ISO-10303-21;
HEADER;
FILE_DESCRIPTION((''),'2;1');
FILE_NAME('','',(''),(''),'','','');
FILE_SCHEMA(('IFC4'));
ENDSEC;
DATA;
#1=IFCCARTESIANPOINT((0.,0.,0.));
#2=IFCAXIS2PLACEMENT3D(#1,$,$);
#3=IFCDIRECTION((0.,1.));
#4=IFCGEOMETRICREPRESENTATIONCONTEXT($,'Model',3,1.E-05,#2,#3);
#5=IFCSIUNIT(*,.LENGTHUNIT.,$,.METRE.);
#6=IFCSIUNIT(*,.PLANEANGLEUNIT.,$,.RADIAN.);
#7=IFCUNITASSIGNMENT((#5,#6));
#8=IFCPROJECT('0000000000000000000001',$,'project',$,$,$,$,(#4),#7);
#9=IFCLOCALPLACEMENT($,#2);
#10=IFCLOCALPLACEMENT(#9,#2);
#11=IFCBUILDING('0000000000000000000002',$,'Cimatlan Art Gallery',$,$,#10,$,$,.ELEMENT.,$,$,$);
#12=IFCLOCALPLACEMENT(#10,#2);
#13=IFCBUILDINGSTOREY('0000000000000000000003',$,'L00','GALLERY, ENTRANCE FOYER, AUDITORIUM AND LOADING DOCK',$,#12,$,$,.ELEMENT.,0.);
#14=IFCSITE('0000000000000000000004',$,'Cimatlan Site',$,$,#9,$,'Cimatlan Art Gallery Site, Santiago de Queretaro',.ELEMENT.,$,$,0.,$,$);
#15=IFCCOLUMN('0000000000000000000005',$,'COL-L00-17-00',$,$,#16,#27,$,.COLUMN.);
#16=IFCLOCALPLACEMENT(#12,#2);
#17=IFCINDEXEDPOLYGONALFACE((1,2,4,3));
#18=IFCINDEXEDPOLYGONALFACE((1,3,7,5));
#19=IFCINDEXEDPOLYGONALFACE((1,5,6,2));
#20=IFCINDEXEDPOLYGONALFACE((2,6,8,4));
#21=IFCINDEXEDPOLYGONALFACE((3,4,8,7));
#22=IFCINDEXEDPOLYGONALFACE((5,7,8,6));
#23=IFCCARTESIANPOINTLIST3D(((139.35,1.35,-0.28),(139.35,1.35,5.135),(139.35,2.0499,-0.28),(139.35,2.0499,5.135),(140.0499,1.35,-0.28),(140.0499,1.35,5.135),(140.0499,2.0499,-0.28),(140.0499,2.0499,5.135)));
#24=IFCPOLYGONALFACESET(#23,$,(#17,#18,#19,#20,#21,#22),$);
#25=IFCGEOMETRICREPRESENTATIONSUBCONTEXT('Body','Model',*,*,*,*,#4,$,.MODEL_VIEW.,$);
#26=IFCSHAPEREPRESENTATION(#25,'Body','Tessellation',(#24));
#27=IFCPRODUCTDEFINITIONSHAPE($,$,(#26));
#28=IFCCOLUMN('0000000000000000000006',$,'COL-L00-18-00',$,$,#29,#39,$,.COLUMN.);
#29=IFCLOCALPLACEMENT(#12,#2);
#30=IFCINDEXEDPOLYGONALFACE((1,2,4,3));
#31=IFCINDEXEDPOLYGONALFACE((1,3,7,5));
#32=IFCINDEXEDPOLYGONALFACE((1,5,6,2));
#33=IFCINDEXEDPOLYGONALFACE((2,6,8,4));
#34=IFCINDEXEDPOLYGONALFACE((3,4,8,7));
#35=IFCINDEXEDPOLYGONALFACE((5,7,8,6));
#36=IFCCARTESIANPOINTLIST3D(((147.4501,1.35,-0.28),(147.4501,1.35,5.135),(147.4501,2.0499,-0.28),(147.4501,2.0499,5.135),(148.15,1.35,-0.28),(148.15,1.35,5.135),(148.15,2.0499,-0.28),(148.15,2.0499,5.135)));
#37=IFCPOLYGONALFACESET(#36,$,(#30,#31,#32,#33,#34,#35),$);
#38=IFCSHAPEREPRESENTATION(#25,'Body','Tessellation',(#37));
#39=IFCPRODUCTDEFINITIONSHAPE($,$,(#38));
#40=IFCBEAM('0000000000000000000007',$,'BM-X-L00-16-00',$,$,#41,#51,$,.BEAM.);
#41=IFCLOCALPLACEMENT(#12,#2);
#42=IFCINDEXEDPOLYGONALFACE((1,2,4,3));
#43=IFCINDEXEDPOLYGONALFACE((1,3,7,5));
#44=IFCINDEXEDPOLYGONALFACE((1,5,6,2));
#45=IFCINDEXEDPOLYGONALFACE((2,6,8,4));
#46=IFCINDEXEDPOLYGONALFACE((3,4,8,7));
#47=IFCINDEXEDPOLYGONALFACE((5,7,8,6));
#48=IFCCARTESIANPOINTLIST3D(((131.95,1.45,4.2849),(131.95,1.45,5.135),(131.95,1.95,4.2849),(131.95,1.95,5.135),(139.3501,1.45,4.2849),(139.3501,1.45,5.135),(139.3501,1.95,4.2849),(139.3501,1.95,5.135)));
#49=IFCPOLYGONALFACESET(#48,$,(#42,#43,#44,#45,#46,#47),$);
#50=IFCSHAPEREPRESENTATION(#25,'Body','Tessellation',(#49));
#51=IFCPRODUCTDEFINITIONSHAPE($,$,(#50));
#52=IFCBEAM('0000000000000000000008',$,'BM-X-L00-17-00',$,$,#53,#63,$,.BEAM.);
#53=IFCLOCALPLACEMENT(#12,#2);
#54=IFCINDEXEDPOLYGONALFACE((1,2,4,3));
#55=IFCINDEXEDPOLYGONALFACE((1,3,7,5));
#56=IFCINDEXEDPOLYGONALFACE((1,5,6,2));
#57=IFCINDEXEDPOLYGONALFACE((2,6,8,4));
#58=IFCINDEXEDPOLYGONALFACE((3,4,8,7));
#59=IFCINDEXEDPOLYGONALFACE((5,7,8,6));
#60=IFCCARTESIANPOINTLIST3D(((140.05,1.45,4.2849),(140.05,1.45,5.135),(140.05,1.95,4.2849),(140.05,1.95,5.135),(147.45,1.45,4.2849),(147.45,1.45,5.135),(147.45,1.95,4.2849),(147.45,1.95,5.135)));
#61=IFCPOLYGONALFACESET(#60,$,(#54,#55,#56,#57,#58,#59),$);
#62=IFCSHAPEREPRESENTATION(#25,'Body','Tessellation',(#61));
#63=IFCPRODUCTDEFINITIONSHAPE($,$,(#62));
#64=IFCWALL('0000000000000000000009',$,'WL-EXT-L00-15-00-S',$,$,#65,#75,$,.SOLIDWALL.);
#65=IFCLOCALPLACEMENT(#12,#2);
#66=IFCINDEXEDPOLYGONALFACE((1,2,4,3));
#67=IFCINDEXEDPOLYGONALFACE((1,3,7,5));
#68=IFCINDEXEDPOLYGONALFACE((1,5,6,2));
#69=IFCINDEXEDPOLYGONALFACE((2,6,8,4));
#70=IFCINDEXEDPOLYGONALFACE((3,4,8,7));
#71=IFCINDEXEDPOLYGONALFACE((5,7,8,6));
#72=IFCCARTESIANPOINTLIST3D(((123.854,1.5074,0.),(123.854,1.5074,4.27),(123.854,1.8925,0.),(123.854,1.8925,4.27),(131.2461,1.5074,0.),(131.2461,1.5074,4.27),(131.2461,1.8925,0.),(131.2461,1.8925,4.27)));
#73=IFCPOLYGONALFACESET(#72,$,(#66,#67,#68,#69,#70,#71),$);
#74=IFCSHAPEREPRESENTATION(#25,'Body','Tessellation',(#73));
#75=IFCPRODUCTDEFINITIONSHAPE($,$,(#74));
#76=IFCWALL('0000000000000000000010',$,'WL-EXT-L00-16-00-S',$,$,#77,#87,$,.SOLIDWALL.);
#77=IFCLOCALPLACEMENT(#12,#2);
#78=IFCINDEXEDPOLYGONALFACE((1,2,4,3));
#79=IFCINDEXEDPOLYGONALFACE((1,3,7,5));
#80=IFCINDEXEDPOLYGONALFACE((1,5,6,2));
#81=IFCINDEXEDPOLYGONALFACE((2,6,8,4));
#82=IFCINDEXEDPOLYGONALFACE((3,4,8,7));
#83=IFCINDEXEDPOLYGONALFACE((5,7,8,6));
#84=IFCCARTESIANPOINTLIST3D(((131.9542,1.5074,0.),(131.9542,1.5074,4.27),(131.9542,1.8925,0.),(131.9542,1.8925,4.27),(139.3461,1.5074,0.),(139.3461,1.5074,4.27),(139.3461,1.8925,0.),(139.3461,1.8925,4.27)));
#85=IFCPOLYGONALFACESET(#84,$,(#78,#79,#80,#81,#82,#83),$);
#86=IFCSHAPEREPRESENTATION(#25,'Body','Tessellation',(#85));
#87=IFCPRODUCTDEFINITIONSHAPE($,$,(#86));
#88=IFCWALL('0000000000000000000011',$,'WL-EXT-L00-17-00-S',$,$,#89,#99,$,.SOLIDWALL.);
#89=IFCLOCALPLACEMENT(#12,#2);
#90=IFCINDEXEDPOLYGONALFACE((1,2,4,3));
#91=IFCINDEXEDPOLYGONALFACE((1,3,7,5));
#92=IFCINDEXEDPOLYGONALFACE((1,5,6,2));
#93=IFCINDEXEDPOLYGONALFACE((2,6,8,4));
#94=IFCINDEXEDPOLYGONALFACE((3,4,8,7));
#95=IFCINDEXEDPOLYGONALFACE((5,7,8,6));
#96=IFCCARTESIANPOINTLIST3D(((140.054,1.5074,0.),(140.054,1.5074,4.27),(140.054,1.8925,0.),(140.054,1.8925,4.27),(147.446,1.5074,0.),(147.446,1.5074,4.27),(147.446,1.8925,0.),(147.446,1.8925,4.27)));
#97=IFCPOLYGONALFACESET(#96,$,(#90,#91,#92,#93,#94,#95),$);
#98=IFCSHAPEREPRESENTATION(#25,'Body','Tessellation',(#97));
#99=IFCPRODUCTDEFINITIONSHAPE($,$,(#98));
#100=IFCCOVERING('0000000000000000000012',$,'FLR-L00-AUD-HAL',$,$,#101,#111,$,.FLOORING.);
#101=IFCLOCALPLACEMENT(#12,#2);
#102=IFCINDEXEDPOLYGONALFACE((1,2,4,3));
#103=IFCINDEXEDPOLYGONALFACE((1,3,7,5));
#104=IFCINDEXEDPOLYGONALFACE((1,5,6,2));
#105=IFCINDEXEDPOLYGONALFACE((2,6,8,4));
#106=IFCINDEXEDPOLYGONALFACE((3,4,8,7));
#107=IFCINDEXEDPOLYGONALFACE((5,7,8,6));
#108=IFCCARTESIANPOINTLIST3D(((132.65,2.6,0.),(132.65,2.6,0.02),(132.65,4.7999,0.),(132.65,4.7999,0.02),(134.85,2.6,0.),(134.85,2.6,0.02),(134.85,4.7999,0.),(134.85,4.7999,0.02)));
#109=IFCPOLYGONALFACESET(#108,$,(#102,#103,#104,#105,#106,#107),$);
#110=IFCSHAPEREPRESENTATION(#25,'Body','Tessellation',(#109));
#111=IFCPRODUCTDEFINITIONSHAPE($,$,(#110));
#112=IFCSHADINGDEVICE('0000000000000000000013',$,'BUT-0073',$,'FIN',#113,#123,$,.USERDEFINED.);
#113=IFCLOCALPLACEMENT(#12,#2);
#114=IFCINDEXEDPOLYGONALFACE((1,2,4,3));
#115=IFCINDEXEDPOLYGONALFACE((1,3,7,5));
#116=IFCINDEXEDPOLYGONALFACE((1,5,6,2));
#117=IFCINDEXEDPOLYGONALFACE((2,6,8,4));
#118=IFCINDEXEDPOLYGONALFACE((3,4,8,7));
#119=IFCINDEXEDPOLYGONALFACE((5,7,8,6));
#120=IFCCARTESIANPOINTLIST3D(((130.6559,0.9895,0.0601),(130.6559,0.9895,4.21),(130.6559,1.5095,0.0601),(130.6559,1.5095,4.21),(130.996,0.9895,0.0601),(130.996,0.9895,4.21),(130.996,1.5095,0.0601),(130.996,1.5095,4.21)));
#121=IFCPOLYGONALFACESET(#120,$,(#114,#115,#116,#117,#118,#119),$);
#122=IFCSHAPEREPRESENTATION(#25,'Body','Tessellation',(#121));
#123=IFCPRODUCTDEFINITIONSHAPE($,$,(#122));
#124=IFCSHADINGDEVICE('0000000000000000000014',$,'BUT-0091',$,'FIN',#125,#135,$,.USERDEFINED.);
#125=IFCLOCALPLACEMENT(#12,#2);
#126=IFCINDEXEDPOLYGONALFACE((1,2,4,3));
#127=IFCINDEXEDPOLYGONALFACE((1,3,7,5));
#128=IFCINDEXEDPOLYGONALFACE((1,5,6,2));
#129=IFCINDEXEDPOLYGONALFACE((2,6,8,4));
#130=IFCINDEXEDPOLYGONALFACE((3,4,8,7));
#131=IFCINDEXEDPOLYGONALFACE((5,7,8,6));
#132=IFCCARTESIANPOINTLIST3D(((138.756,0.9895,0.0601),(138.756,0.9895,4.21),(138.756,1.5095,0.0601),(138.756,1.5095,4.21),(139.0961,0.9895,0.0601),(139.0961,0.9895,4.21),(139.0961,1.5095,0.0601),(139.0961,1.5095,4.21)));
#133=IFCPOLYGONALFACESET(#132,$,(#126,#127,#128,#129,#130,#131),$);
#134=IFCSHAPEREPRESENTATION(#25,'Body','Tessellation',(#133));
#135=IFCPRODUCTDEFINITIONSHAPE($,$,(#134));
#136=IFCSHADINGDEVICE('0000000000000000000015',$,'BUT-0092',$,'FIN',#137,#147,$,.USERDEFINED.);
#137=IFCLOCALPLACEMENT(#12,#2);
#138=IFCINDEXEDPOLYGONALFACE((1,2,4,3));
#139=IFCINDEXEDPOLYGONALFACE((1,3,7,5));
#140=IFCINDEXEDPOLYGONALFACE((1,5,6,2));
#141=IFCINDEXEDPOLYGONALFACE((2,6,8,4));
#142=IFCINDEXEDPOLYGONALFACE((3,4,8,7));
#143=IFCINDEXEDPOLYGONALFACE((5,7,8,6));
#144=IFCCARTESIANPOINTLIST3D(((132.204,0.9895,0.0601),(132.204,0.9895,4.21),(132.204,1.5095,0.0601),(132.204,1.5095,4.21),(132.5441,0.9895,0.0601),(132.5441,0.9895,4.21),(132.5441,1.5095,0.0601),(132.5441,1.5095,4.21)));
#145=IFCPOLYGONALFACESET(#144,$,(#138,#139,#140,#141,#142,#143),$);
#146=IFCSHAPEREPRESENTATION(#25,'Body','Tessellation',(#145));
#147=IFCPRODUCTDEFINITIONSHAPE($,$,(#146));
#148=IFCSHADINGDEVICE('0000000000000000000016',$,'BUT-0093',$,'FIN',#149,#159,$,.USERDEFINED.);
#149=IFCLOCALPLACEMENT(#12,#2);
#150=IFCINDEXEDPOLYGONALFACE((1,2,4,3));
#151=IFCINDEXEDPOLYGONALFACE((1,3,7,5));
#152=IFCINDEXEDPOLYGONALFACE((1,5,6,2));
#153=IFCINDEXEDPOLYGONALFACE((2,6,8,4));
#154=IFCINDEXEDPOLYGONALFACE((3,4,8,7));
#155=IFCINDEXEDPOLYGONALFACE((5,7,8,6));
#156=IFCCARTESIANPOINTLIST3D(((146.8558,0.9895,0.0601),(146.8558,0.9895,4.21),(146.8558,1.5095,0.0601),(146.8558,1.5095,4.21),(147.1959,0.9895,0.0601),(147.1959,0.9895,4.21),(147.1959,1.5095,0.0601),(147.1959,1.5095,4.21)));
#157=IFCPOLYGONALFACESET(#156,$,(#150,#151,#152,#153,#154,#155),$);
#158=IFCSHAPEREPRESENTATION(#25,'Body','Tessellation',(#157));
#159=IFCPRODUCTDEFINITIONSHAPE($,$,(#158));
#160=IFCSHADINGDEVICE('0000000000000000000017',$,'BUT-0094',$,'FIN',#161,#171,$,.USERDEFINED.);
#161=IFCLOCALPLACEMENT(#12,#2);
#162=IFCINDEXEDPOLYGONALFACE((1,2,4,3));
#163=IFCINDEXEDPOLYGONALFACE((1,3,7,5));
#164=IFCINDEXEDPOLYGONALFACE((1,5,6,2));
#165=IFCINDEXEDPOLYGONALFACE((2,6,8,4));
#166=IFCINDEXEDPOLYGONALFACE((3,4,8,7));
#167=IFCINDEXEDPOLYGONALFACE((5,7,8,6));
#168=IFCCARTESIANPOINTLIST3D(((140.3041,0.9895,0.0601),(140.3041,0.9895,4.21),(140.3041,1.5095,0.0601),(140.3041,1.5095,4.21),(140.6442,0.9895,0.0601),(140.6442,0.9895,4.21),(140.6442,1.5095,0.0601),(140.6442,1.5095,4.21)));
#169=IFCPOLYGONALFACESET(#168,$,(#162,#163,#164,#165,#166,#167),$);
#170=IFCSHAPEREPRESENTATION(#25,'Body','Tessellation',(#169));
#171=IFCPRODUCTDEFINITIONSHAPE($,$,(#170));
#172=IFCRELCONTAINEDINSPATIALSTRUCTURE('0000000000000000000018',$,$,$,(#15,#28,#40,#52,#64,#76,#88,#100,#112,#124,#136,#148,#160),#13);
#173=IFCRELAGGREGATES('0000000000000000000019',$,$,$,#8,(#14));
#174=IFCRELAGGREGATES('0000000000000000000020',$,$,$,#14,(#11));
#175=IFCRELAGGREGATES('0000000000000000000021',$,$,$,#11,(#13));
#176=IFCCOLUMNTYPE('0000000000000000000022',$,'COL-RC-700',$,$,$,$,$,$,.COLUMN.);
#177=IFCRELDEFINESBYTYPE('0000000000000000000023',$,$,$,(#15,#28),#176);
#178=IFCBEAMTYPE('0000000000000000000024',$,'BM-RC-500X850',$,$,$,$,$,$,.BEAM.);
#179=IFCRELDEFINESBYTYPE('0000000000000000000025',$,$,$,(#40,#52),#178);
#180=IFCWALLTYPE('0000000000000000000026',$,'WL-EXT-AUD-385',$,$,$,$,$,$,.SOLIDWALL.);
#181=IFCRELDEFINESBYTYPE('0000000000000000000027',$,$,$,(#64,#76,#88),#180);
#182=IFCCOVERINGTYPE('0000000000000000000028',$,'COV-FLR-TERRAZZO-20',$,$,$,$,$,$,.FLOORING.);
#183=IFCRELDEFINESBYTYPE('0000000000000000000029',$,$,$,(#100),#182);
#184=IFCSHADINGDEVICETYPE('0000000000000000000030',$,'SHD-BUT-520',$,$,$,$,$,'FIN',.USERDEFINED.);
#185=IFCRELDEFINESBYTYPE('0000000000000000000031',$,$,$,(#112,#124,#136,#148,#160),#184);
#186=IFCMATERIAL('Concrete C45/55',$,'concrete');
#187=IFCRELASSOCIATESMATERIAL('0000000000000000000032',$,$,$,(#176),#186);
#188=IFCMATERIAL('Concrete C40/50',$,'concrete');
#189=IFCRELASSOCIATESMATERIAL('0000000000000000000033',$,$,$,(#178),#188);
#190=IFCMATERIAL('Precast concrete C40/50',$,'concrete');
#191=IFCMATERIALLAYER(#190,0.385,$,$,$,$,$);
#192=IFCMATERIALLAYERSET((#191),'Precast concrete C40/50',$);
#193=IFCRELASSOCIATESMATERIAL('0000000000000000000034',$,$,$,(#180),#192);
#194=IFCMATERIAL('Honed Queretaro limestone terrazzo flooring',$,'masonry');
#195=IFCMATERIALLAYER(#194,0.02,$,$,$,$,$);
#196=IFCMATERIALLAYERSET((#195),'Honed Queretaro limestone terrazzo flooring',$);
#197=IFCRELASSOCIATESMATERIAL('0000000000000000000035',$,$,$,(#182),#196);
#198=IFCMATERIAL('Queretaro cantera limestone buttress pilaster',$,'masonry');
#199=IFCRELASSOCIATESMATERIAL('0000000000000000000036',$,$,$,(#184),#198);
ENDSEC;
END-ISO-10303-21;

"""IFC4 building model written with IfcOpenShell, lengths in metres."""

from ifc_helpers import new_model, si_unit, direction, frame, frame_2d, origin, origin_2d, place, context, subcontext, project, spatial, rectangle, extrude, material, layer, layer_set, material_profile, profile_set, type_object, element, save


model = new_model("IFC4")

# Units and contexts
model_context = context("Model", 3, precision=1e-05, world=origin(), true_north=direction((0.0, 1.0)))
body_context = subcontext(model_context, "Body", "Model", "MODEL_VIEW")
ifc_project = project(units=[si_unit("LENGTHUNIT", "METRE"), si_unit("PLANEANGLEUNIT", "RADIAN")], contexts=[model_context])

# Site, building, storey
site_placement = place(None, origin())
site = spatial("IfcSite", under=ifc_project, at=site_placement, Name="Cimatlan Site", LongName="Cimatlan Art Gallery Site, Santiago de Queretaro", CompositionType="ELEMENT", RefElevation=0.0)
building_placement = place(site_placement, origin())
building = spatial("IfcBuilding", under=site, at=building_placement, Name="Cimatlan Art Gallery", CompositionType="ELEMENT")
storey_placement = place(building_placement, origin())
storey = spatial("IfcBuildingStorey", under=building, at=storey_placement, Name="L00", Description="GALLERY, ENTRANCE FOYER, AUDITORIUM AND LOADING DOCK", CompositionType="ELEMENT", Elevation=0.0)

# Shared definitions
ifc_material_1 = material(Name="Concrete C40/50", Category="concrete")

# Columns
ifc_material_2 = material(Name="Concrete C45/55", Category="concrete")
ifc_material_profile_1 = material_profile(ifc_material_2, rectangle(XDim=0.7, YDim=0.7, at=origin_2d()), Name="RC700X700")
ifc_profile_set_1 = profile_set([ifc_material_profile_1], Name="Concrete C45/55")
column_type = type_object("IfcColumnType", Name="COL-RC-700", PredefinedType="COLUMN", material=ifc_profile_set_1)
for number, where, z_axis, x_axis, name in (
    (1, (139.7, 1.7, -0.28), (0.0, 0.0, 1.0), (1.0, 0.0, 0.0), "COL-L00-17-00"),
    (2, (147.8, 1.7, -0.28), (0.0, 0.0, 1.0), (1.0, 0.0, 0.0), "COL-L00-18-00"),
):
    element("IfcColumn", number, at=place(storey_placement, frame(where, z_axis=z_axis, x_axis=x_axis)), inside=storey, type_object=column_type, Name=name, PredefinedType="COLUMN", context=body_context, shape_type="SweptSolid", body=[
        extrude(rectangle(XDim=0.7, YDim=0.7, at=origin_2d()), origin(), (0.0, 0.0, 1.0), 5.415),
    ])

# Beams
ifc_material_profile_2 = material_profile(ifc_material_1, rectangle(XDim=0.5, YDim=0.8501, at=origin_2d()), Name="RC500X850")
ifc_profile_set_2 = profile_set([ifc_material_profile_2], Name="Concrete C40/50")
beam_type = type_object("IfcBeamType", Name="BM-RC-500X850", PredefinedType="BEAM", material=ifc_profile_set_2)
beam_1_placement = place(storey_placement, frame((131.95, 1.7, 4.71), z_axis=(1.0, 0.0, 0.0), x_axis=(0.0, 1.0, 0.0)))
element("IfcBeam", 3, at=beam_1_placement, inside=storey, type_object=beam_type, Name="BM-X-L00-16-00", PredefinedType="BEAM", context=body_context, shape_type="SweptSolid", body=[
    extrude(rectangle(XDim=0.5, YDim=0.8501, at=origin_2d()), origin(), (0.0, 0.0, 1.0), 7.4001),
])
beam_2_placement = place(storey_placement, frame((140.05, 1.7, 4.71), z_axis=(1.0, 0.0, 0.0), x_axis=(0.0, 1.0, 0.0)))
element("IfcBeam", 4, at=beam_2_placement, inside=storey, type_object=beam_type, Name="BM-X-L00-17-00", PredefinedType="BEAM", context=body_context, shape_type="SweptSolid", body=[
    extrude(rectangle(XDim=0.5, YDim=0.8501, at=origin_2d()), origin(), (0.0, 0.0, 1.0), 7.3999),
])

# Walls
ifc_material_3 = material(Name="Precast concrete C40/50", Category="concrete")
ifc_layer_1 = layer(ifc_material_3, 0.385)
ifc_layer_set_1 = layer_set([ifc_layer_1], Name="Precast concrete C40/50")
wall_type = type_object("IfcWallType", Name="WL-EXT-AUD-385", PredefinedType="SOLIDWALL", material=ifc_layer_set_1)
wall_1_placement = place(storey_placement, frame((131.2461, 1.7, 0.0), z_axis=(0.0, 0.0, 1.0), x_axis=(-1.0, 0.0, 0.0)))
element("IfcWall", 5, at=wall_1_placement, inside=storey, type_object=wall_type, Name="WL-EXT-L00-15-00-S", PredefinedType="SOLIDWALL", context=body_context, shape_type="SweptSolid", body=[
    extrude(rectangle(XDim=7.3921, YDim=0.385, at=frame_2d((3.696, 0.0))), origin(), (0.0, 0.0, 1.0), 4.27),
])
wall_2_placement = place(storey_placement, frame((139.3459, 1.7, 0.0), z_axis=(0.0, 0.0, 1.0), x_axis=(-1.0, 0.0, 0.0)))
element("IfcWall", 6, at=wall_2_placement, inside=storey, type_object=wall_type, Name="WL-EXT-L00-16-00-S", PredefinedType="SOLIDWALL", context=body_context, shape_type="SweptSolid", body=[
    extrude(rectangle(XDim=7.3918, YDim=0.385, at=frame_2d((3.6958, 0.0))), origin(), (0.0, 0.0, 1.0), 4.27),
])
wall_3_placement = place(storey_placement, frame((147.446, 1.7, 0.0), z_axis=(0.0, 0.0, 1.0), x_axis=(-1.0, 0.0, 0.0)))
element("IfcWall", 7, at=wall_3_placement, inside=storey, type_object=wall_type, Name="WL-EXT-L00-17-00-S", PredefinedType="SOLIDWALL", context=body_context, shape_type="SweptSolid", body=[
    extrude(rectangle(XDim=7.3921, YDim=0.385, at=frame_2d((3.696, 0.0))), origin(), (0.0, 0.0, 1.0), 4.27),
])

# Covering
ifc_material_4 = material(Name="Honed Queretaro limestone terrazzo flooring", Category="masonry")
ifc_layer_2 = layer(ifc_material_4, 0.02)
ifc_layer_set_2 = layer_set([ifc_layer_2], Name="Honed Queretaro limestone terrazzo flooring")
covering_type = type_object("IfcCoveringType", Name="COV-FLR-TERRAZZO-20", PredefinedType="FLOORING", material=ifc_layer_set_2)
covering_placement = place(storey_placement, frame((133.75, 3.7, 0.0), z_axis=(0.0, 0.0, 1.0), x_axis=(1.0, 0.0, 0.0)))
element("IfcCovering", 8, at=covering_placement, inside=storey, type_object=covering_type, Name="FLR-L00-AUD-HAL", PredefinedType="FLOORING", context=body_context, shape_type="SweptSolid", body=[
    extrude(rectangle(XDim=2.2, YDim=2.2, at=origin_2d()), origin(), (0.0, 0.0, 1.0), 0.02),
])

# Shading devices
ifc_material_5 = material(Name="Queretaro cantera limestone buttress pilaster", Category="masonry")
shading_device_type = type_object("IfcShadingDeviceType", Name="SHD-BUT-520", ElementType="FIN", PredefinedType="USERDEFINED", material=ifc_material_5)
for number, where, z_axis, x_axis, name in (
    (9, (130.8259, 1.2495, 0.0601), (0.0, 0.0, 1.0), (-1.0, 0.0, 0.0), "BUT-0073"),
    (10, (138.926, 1.2495, 0.0601), (0.0, 0.0, 1.0), (-1.0, 0.0, 0.0), "BUT-0091"),
    (11, (132.374, 1.2495, 0.0601), (0.0, 0.0, 1.0), (-1.0, 0.0, 0.0), "BUT-0092"),
    (12, (147.0259, 1.2495, 0.0601), (0.0, 0.0, 1.0), (-1.0, 0.0, 0.0), "BUT-0093"),
    (13, (140.4741, 1.2495, 0.0601), (0.0, 0.0, 1.0), (-1.0, 0.0, 0.0), "BUT-0094"),
):
    element("IfcShadingDevice", number, at=place(storey_placement, frame(where, z_axis=z_axis, x_axis=x_axis)), inside=storey, type_object=shading_device_type, Name=name, ObjectType="FIN", PredefinedType="USERDEFINED", context=body_context, shape_type="SweptSolid", body=[
        extrude(rectangle(XDim=0.3401, YDim=0.52, at=origin_2d()), origin(), (0.0, 0.0, 1.0), 4.1499),
    ])

save(model, "model.ifc")
